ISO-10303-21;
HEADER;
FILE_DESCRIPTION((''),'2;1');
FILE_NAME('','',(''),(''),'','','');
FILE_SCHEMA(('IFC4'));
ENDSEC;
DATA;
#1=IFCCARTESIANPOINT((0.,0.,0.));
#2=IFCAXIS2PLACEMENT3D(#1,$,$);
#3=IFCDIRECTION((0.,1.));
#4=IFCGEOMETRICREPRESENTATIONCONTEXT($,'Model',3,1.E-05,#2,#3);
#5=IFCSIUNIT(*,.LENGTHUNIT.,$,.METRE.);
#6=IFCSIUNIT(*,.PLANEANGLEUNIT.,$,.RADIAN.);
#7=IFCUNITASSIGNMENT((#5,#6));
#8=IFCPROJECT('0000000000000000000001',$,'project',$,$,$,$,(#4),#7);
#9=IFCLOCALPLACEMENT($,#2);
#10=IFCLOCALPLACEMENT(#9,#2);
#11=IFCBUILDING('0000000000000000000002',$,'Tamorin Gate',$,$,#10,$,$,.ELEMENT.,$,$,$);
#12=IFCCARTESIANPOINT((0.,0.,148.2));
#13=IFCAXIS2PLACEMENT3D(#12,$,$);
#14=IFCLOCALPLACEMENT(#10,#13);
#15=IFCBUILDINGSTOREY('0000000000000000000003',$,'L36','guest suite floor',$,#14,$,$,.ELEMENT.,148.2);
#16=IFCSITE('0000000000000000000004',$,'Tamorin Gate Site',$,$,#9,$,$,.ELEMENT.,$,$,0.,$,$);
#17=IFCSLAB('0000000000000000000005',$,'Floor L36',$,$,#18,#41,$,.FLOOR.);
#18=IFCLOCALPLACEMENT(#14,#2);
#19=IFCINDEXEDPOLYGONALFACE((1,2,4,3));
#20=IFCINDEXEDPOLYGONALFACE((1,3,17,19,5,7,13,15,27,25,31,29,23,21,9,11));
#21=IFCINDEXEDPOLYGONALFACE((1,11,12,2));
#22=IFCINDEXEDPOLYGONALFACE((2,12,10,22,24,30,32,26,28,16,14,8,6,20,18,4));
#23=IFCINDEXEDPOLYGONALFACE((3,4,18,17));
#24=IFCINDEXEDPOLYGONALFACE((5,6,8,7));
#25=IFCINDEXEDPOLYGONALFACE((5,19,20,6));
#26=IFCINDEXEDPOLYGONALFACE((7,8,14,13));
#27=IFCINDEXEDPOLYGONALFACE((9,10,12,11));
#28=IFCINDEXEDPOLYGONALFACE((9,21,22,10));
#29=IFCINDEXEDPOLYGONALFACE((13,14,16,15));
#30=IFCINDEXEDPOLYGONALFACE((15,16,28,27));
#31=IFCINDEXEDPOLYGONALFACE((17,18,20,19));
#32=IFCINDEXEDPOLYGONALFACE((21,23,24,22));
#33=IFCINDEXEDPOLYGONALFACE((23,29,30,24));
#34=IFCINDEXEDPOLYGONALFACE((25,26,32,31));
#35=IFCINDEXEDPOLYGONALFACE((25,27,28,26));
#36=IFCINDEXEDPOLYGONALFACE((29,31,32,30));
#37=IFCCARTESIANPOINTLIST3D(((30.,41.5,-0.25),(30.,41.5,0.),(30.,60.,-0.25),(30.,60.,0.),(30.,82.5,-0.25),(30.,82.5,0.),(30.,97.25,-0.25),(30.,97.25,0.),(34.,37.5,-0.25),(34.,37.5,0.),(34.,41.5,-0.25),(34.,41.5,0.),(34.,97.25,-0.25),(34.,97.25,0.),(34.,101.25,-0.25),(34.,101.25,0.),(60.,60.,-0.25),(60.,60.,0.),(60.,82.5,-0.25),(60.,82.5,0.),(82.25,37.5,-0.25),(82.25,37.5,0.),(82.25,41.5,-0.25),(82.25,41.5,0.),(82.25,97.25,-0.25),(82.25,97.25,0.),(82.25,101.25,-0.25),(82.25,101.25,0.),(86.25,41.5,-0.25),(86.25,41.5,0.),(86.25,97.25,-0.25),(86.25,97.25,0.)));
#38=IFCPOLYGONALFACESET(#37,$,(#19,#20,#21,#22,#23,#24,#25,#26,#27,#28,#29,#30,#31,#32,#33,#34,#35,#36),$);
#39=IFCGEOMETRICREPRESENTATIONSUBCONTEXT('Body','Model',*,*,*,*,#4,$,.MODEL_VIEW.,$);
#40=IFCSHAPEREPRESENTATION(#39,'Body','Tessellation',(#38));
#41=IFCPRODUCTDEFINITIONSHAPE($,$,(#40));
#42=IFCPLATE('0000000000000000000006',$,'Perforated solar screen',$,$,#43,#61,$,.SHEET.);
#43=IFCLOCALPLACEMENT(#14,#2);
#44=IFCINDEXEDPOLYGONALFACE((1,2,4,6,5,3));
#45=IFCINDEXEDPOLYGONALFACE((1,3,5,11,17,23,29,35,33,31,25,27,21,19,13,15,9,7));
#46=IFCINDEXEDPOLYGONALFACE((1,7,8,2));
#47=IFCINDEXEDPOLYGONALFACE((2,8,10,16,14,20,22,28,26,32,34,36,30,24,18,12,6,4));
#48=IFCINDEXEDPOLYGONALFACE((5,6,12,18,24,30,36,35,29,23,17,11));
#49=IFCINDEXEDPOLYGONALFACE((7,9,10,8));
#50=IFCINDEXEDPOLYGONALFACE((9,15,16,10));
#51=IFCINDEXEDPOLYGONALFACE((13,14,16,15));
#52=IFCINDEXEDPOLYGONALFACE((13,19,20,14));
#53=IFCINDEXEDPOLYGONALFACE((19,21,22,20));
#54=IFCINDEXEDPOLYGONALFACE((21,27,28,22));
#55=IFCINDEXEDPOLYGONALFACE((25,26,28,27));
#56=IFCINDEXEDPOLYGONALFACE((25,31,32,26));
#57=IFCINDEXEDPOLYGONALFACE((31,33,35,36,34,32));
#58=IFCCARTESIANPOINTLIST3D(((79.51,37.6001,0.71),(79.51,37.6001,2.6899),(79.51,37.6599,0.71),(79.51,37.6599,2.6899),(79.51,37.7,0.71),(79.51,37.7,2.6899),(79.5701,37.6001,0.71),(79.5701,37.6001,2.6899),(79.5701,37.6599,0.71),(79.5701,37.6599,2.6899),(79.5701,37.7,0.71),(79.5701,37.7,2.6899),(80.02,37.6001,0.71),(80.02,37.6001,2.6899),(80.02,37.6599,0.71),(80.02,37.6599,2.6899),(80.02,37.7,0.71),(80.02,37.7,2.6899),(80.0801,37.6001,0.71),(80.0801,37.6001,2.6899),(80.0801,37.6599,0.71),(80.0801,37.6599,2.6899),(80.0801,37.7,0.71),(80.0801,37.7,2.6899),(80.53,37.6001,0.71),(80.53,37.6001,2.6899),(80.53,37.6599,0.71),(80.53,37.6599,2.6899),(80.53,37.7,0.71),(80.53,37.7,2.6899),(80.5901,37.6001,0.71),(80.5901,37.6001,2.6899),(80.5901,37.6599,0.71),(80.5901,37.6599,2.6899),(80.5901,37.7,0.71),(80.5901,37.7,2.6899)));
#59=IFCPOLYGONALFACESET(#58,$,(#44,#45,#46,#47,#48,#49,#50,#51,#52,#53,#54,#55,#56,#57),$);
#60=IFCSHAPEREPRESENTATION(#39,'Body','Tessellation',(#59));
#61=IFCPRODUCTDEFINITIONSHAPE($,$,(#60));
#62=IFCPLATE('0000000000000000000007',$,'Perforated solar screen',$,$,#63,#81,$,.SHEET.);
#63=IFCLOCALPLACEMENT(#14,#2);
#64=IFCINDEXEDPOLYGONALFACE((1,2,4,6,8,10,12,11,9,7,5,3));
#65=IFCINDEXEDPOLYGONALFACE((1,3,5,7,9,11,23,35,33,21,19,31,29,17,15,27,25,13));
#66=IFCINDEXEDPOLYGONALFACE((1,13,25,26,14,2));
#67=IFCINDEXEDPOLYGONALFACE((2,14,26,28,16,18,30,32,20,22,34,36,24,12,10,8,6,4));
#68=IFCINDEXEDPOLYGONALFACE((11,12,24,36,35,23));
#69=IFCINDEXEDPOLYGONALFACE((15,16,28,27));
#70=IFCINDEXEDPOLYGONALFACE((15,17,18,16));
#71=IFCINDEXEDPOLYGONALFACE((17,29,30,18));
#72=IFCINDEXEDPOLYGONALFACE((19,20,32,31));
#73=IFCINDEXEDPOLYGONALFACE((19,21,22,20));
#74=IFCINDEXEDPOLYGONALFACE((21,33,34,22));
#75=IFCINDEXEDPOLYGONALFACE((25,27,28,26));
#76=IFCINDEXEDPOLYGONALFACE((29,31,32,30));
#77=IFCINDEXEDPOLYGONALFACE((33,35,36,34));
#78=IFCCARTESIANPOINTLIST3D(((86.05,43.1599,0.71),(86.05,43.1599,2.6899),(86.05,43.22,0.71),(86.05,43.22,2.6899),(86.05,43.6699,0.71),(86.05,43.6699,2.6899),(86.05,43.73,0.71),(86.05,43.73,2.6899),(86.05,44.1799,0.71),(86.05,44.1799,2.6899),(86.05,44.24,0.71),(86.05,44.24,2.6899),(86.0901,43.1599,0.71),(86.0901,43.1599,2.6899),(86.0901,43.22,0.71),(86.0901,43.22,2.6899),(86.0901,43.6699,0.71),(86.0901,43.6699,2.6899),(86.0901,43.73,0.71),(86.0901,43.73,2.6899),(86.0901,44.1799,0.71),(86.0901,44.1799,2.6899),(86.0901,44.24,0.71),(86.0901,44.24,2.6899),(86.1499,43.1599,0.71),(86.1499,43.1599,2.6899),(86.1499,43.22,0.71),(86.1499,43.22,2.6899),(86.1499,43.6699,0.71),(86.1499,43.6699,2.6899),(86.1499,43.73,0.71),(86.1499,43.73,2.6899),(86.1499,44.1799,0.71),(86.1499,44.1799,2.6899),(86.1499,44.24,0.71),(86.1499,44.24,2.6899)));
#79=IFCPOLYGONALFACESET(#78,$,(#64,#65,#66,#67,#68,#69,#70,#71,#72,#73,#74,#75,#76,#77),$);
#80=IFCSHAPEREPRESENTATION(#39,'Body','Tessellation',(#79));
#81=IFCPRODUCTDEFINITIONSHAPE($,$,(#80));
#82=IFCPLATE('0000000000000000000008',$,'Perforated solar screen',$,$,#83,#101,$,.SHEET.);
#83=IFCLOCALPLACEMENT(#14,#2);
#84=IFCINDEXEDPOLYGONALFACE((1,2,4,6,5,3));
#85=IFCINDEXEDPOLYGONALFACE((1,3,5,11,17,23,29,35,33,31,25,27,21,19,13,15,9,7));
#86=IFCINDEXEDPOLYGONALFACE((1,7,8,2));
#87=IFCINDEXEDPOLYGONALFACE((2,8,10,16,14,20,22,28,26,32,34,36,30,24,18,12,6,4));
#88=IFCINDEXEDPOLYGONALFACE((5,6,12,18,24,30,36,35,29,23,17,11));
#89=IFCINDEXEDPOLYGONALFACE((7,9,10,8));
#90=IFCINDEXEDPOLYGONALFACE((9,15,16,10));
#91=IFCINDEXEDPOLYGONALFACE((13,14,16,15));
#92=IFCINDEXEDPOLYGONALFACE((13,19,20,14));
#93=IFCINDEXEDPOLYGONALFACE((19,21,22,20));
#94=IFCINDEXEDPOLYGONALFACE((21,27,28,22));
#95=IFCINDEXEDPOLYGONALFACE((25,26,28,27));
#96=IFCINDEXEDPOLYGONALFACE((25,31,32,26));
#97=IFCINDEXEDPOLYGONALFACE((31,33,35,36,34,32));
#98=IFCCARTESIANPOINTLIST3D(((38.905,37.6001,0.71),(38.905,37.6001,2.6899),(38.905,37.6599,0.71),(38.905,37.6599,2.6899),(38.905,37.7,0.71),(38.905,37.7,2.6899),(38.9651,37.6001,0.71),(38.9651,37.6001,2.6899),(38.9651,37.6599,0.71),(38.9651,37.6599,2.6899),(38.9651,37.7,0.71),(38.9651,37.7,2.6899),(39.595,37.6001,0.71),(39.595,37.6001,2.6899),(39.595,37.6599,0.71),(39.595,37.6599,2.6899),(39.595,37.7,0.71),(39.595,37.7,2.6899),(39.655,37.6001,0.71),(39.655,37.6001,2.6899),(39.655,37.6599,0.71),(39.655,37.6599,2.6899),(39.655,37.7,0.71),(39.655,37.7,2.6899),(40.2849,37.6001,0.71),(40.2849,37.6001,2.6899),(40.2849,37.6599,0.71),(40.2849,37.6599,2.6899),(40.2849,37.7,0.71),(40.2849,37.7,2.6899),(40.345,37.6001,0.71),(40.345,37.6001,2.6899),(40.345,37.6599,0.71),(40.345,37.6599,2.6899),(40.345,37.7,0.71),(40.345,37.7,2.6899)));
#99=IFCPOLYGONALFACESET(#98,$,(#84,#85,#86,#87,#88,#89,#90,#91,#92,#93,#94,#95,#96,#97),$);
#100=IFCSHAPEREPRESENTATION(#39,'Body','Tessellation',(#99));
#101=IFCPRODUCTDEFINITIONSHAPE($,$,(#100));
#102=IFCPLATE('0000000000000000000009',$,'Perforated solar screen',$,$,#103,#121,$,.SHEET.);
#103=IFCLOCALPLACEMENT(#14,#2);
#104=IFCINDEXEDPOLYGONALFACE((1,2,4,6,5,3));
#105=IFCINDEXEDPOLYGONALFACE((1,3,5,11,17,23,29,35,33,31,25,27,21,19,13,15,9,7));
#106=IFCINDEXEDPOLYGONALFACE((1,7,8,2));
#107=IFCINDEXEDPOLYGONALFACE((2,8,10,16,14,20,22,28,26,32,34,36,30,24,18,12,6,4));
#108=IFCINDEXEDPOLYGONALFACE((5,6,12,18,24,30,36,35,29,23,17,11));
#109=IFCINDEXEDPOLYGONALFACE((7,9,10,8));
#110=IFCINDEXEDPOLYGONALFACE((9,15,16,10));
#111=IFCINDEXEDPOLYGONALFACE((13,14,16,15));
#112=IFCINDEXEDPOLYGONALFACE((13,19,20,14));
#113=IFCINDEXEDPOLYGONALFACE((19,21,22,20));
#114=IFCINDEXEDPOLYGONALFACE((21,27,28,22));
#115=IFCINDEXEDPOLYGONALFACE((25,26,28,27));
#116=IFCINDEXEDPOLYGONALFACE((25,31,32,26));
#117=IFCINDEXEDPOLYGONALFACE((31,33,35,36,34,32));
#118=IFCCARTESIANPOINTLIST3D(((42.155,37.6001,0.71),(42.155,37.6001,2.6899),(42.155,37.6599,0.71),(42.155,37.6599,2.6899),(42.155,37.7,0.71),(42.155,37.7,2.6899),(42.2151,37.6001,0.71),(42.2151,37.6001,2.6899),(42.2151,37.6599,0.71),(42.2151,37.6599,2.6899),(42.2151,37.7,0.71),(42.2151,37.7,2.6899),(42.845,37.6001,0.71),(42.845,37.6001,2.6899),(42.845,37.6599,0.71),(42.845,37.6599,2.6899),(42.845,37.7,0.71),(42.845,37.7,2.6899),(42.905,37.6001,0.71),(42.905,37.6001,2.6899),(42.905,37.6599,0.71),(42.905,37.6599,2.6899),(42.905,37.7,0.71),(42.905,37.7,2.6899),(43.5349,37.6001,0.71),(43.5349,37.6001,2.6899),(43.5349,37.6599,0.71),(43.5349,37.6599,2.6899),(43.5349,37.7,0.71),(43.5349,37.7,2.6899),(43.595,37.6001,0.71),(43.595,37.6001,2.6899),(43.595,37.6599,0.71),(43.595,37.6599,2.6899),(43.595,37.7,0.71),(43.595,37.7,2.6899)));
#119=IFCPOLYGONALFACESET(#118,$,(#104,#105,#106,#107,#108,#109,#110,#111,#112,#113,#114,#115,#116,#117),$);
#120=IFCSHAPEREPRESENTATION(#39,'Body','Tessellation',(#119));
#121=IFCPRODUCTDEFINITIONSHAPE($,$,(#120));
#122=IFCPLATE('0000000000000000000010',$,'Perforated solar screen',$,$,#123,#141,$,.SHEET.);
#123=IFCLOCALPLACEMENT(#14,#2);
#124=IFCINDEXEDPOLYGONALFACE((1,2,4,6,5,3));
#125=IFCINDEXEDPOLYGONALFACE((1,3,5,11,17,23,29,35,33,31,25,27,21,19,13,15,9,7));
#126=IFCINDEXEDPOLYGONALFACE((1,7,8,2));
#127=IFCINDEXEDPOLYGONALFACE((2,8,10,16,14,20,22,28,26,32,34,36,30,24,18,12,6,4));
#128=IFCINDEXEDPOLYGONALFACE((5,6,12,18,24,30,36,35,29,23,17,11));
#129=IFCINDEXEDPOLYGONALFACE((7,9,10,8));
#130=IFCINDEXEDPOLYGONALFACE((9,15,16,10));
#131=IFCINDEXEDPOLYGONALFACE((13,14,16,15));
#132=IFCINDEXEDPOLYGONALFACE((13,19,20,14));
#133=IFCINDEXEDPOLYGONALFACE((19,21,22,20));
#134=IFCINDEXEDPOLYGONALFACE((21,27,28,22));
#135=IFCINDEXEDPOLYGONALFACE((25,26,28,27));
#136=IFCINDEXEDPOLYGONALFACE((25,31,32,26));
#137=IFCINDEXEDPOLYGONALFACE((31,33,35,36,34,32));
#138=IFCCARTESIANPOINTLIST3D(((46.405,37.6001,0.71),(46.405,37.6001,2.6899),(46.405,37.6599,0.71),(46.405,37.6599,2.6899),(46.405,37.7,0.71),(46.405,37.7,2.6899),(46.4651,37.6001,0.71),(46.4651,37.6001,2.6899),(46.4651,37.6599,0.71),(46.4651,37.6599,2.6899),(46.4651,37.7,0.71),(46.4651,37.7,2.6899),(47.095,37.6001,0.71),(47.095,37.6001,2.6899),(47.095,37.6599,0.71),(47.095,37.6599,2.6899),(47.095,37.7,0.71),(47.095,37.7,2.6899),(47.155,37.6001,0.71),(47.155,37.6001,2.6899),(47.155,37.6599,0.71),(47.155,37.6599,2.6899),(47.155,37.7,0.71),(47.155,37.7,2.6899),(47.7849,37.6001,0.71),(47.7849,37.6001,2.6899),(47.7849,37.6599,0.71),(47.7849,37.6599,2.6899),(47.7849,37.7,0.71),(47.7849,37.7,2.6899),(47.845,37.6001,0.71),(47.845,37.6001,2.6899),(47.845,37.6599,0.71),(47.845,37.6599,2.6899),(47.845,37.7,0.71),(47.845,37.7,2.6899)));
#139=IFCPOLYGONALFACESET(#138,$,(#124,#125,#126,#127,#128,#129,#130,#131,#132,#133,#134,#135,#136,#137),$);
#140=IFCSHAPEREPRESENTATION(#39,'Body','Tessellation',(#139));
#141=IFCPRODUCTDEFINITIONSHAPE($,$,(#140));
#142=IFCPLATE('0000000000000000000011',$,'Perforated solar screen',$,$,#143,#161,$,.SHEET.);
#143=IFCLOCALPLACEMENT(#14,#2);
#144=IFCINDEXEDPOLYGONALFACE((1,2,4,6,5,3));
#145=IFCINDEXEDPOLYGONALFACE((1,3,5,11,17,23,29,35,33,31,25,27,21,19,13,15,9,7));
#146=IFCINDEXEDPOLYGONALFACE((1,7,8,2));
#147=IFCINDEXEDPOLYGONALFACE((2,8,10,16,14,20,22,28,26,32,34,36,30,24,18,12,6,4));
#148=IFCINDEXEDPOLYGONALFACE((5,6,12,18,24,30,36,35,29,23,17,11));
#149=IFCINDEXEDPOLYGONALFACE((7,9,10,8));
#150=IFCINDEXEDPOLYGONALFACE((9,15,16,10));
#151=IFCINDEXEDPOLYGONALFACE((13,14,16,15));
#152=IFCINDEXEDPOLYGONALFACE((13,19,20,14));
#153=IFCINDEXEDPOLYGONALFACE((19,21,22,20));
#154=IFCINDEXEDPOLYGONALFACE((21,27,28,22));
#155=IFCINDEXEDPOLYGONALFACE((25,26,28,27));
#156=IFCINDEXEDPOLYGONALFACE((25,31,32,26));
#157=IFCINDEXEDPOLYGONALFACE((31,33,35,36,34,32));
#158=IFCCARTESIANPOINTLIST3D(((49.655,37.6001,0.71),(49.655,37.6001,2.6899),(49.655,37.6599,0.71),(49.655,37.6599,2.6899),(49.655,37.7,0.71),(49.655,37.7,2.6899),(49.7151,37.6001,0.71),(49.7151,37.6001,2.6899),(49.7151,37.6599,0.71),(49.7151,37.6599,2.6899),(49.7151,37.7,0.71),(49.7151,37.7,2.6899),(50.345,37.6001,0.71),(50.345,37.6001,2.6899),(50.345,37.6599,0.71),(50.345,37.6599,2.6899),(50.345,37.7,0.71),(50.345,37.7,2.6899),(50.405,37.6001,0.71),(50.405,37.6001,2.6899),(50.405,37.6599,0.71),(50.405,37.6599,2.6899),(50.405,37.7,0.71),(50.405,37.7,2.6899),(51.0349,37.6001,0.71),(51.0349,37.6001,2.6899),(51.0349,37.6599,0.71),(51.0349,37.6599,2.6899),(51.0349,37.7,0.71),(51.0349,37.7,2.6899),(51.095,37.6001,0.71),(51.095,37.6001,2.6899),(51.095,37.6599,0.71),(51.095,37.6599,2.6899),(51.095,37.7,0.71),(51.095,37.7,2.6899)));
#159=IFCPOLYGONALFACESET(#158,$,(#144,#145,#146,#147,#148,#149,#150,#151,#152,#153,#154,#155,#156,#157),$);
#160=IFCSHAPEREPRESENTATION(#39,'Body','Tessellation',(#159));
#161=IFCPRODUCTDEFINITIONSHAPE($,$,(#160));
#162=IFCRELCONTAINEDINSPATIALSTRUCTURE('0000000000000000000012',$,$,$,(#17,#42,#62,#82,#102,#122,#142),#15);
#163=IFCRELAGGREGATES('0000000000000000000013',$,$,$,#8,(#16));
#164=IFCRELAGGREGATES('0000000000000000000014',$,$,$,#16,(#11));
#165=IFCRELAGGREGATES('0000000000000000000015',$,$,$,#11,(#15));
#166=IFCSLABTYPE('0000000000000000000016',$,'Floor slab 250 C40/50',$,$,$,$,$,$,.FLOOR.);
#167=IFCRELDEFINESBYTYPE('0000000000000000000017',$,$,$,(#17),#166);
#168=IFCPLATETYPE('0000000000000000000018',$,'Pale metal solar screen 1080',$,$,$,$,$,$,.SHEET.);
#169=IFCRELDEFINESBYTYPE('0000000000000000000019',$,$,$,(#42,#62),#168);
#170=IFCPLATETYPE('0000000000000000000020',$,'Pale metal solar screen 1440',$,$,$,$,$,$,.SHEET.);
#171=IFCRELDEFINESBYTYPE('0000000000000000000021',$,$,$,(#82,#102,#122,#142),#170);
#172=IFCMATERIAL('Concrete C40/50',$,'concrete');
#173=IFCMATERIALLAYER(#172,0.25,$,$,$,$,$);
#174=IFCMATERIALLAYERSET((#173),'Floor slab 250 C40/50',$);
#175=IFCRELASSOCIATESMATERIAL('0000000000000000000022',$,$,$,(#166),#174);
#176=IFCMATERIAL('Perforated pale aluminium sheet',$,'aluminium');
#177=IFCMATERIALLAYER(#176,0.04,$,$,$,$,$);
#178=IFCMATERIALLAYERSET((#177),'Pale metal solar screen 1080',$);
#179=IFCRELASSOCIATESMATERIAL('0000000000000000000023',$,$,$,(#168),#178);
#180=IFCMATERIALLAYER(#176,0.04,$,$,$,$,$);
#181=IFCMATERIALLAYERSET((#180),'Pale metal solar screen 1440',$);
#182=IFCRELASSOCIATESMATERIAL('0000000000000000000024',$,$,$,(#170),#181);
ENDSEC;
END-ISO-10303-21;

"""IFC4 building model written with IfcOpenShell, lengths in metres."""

from ifc_helpers import new_model, si_unit, direction, frame, origin, place, context, subcontext, project, spatial, polyline, outline, extrude, material, layer, layer_set, type_object, element, save


model = new_model("IFC4")

# Units and contexts
model_context = context("Model", 3, precision=1e-05, world=origin(), true_north=direction((0.0, 1.0)))
body_context = subcontext(model_context, "Body", "Model", "MODEL_VIEW")
ifc_project = project(units=[si_unit("LENGTHUNIT", "METRE"), si_unit("PLANEANGLEUNIT", "RADIAN")], contexts=[model_context])

# Site, building, storey
site_placement = place(None, origin())
site = spatial("IfcSite", under=ifc_project, at=site_placement, Name="Tamorin Gate Site", CompositionType="ELEMENT", RefElevation=0.0)
building_placement = place(site_placement, origin())
building = spatial("IfcBuilding", under=site, at=building_placement, Name="Tamorin Gate", CompositionType="ELEMENT")
storey_placement = place(building_placement, frame((0.0, 0.0, 148.2)))
storey = spatial("IfcBuildingStorey", under=building, at=storey_placement, Name="L36", Description="guest suite floor", CompositionType="ELEMENT", Elevation=148.2)

# Slab
ifc_material_1 = material(Name="Concrete C40/50", Category="concrete")
ifc_layer_1 = layer(ifc_material_1, 0.25)
ifc_layer_set_1 = layer_set([ifc_layer_1], Name="Floor slab 250 C40/50")
slab_type = type_object("IfcSlabType", Name="Floor slab 250 C40/50", PredefinedType="FLOOR", material=ifc_layer_set_1)
slab_placement = place(storey_placement, frame((0.0, 0.0, -0.25)))
element("IfcSlab", 1, at=slab_placement, inside=storey, type_object=slab_type, Name="Floor L36", PredefinedType="FLOOR", context=body_context, shape_type="SweptSolid", body=[
    extrude(outline(polyline([(30.0, 97.25), (34.0, 97.25), (34.0, 101.25), (82.25, 101.25), (82.25, 97.25), (86.25, 97.25), (86.25, 41.5), (82.25, 41.5), (82.25, 37.5), (34.0, 37.5), (34.0, 41.5), (30.0, 41.5), (30.0, 60.0), (60.0, 60.0), (60.0, 82.5), (30.0, 82.5), (30.0, 97.25)])), origin(), (0.0, 0.0, 1.0), 0.25),
])

# Plates
ifc_material_2 = material(Name="Perforated pale aluminium sheet", Category="aluminium")
ifc_layer_2 = layer(ifc_material_2, 0.04)
ifc_layer_set_2 = layer_set([ifc_layer_2], Name="Pale metal solar screen 1080")
plate_type_1 = type_object("IfcPlateType", Name="Pale metal solar screen 1080", PredefinedType="SHEET", material=ifc_layer_set_2)
plate_1_placement = place(storey_placement, frame((0.0, 0.0, 0.71)))
element("IfcPlate", 2, at=plate_1_placement, inside=storey, type_object=plate_type_1, Name="Perforated solar screen", PredefinedType="SHEET", context=body_context, shape_type="SweptSolid", body=[
    extrude(outline(polyline([(79.51, 37.6599), (79.51, 37.7), (79.5701, 37.7), (80.02, 37.7), (80.0801, 37.7), (80.53, 37.7), (80.5901, 37.7), (80.5901, 37.6599), (80.5901, 37.6001), (80.53, 37.6001), (80.53, 37.6599), (80.0801, 37.6599), (80.0801, 37.6001), (80.02, 37.6001), (80.02, 37.6599), (79.5701, 37.6599), (79.5701, 37.6001), (79.51, 37.6001), (79.51, 37.6599)])), origin(), (0.0, 0.0, 1.0), 1.98),
])
plate_2_placement = place(storey_placement, frame((0.0, 0.0, 0.71)))
element("IfcPlate", 3, at=plate_2_placement, inside=storey, type_object=plate_type_1, Name="Perforated solar screen", PredefinedType="SHEET", context=body_context, shape_type="SweptSolid", body=[
    extrude(outline(polyline([(86.0901, 43.1599), (86.05, 43.1599), (86.05, 43.22), (86.05, 43.6699), (86.05, 43.73), (86.05, 44.1799), (86.05, 44.24), (86.0901, 44.24), (86.1499, 44.24), (86.1499, 44.1799), (86.0901, 44.1799), (86.0901, 43.73), (86.1499, 43.73), (86.1499, 43.6699), (86.0901, 43.6699), (86.0901, 43.22), (86.1499, 43.22), (86.1499, 43.1599), (86.0901, 43.1599)])), origin(), (0.0, 0.0, 1.0), 1.98),
])
ifc_layer_3 = layer(ifc_material_2, 0.04)
ifc_layer_set_3 = layer_set([ifc_layer_3], Name="Pale metal solar screen 1440")
plate_type_2 = type_object("IfcPlateType", Name="Pale metal solar screen 1440", PredefinedType="SHEET", material=ifc_layer_set_3)
plate_3_placement = place(storey_placement, frame((0.0, 0.0, 0.71)))
element("IfcPlate", 4, at=plate_3_placement, inside=storey, type_object=plate_type_2, Name="Perforated solar screen", PredefinedType="SHEET", context=body_context, shape_type="SweptSolid", body=[
    extrude(outline(polyline([(38.905, 37.6599), (38.905, 37.7), (38.9651, 37.7), (39.595, 37.7), (39.655, 37.7), (40.2849, 37.7), (40.345, 37.7), (40.345, 37.7), (40.345, 37.6599), (40.345, 37.6599), (40.345, 37.6001), (40.2849, 37.6001), (40.2849, 37.6599), (39.655, 37.6599), (39.655, 37.6001), (39.595, 37.6001), (39.595, 37.6599), (38.9651, 37.6599), (38.9651, 37.6001), (38.905, 37.6001), (38.905, 37.6599)])), origin(), (0.0, 0.0, 1.0), 1.98),
])
plate_4_placement = place(storey_placement, frame((0.0, 0.0, 0.71)))
element("IfcPlate", 5, at=plate_4_placement, inside=storey, type_object=plate_type_2, Name="Perforated solar screen", PredefinedType="SHEET", context=body_context, shape_type="SweptSolid", body=[
    extrude(outline(polyline([(42.155, 37.6599), (42.155, 37.7), (42.2151, 37.7), (42.845, 37.7), (42.905, 37.7), (43.5349, 37.7), (43.595, 37.7), (43.595, 37.6599), (43.595, 37.6001), (43.5349, 37.6001), (43.5349, 37.6599), (42.905, 37.6599), (42.905, 37.6001), (42.845, 37.6001), (42.845, 37.6599), (42.2151, 37.6599), (42.2151, 37.6001), (42.155, 37.6001), (42.155, 37.6599)])), origin(), (0.0, 0.0, 1.0), 1.98),
])
plate_5_placement = place(storey_placement, frame((0.0, 0.0, 0.71)))
element("IfcPlate", 6, at=plate_5_placement, inside=storey, type_object=plate_type_2, Name="Perforated solar screen", PredefinedType="SHEET", context=body_context, shape_type="SweptSolid", body=[
    extrude(outline(polyline([(46.405, 37.6599), (46.405, 37.7), (46.4651, 37.7), (47.095, 37.7), (47.155, 37.7), (47.7849, 37.7), (47.845, 37.7), (47.845, 37.6599), (47.845, 37.6001), (47.7849, 37.6001), (47.7849, 37.6599), (47.155, 37.6599), (47.155, 37.6001), (47.095, 37.6001), (47.095, 37.6599), (46.4651, 37.6599), (46.4651, 37.6001), (46.405, 37.6001), (46.405, 37.6599)])), origin(), (0.0, 0.0, 1.0), 1.98),
])
plate_6_placement = place(storey_placement, frame((0.0, 0.0, 0.71)))
element("IfcPlate", 7, at=plate_6_placement, inside=storey, type_object=plate_type_2, Name="Perforated solar screen", PredefinedType="SHEET", context=body_context, shape_type="SweptSolid", body=[
    extrude(outline(polyline([(49.655, 37.6599), (49.655, 37.7), (49.7151, 37.7), (50.345, 37.7), (50.405, 37.7), (51.0349, 37.7), (51.095, 37.7), (51.095, 37.6599), (51.095, 37.6001), (51.0349, 37.6001), (51.0349, 37.6599), (50.405, 37.6599), (50.405, 37.6001), (50.345, 37.6001), (50.345, 37.6599), (49.7151, 37.6599), (49.7151, 37.6001), (49.655, 37.6001), (49.655, 37.6599)])), origin(), (0.0, 0.0, 1.0), 1.98),
])

save(model, "model.ifc")
